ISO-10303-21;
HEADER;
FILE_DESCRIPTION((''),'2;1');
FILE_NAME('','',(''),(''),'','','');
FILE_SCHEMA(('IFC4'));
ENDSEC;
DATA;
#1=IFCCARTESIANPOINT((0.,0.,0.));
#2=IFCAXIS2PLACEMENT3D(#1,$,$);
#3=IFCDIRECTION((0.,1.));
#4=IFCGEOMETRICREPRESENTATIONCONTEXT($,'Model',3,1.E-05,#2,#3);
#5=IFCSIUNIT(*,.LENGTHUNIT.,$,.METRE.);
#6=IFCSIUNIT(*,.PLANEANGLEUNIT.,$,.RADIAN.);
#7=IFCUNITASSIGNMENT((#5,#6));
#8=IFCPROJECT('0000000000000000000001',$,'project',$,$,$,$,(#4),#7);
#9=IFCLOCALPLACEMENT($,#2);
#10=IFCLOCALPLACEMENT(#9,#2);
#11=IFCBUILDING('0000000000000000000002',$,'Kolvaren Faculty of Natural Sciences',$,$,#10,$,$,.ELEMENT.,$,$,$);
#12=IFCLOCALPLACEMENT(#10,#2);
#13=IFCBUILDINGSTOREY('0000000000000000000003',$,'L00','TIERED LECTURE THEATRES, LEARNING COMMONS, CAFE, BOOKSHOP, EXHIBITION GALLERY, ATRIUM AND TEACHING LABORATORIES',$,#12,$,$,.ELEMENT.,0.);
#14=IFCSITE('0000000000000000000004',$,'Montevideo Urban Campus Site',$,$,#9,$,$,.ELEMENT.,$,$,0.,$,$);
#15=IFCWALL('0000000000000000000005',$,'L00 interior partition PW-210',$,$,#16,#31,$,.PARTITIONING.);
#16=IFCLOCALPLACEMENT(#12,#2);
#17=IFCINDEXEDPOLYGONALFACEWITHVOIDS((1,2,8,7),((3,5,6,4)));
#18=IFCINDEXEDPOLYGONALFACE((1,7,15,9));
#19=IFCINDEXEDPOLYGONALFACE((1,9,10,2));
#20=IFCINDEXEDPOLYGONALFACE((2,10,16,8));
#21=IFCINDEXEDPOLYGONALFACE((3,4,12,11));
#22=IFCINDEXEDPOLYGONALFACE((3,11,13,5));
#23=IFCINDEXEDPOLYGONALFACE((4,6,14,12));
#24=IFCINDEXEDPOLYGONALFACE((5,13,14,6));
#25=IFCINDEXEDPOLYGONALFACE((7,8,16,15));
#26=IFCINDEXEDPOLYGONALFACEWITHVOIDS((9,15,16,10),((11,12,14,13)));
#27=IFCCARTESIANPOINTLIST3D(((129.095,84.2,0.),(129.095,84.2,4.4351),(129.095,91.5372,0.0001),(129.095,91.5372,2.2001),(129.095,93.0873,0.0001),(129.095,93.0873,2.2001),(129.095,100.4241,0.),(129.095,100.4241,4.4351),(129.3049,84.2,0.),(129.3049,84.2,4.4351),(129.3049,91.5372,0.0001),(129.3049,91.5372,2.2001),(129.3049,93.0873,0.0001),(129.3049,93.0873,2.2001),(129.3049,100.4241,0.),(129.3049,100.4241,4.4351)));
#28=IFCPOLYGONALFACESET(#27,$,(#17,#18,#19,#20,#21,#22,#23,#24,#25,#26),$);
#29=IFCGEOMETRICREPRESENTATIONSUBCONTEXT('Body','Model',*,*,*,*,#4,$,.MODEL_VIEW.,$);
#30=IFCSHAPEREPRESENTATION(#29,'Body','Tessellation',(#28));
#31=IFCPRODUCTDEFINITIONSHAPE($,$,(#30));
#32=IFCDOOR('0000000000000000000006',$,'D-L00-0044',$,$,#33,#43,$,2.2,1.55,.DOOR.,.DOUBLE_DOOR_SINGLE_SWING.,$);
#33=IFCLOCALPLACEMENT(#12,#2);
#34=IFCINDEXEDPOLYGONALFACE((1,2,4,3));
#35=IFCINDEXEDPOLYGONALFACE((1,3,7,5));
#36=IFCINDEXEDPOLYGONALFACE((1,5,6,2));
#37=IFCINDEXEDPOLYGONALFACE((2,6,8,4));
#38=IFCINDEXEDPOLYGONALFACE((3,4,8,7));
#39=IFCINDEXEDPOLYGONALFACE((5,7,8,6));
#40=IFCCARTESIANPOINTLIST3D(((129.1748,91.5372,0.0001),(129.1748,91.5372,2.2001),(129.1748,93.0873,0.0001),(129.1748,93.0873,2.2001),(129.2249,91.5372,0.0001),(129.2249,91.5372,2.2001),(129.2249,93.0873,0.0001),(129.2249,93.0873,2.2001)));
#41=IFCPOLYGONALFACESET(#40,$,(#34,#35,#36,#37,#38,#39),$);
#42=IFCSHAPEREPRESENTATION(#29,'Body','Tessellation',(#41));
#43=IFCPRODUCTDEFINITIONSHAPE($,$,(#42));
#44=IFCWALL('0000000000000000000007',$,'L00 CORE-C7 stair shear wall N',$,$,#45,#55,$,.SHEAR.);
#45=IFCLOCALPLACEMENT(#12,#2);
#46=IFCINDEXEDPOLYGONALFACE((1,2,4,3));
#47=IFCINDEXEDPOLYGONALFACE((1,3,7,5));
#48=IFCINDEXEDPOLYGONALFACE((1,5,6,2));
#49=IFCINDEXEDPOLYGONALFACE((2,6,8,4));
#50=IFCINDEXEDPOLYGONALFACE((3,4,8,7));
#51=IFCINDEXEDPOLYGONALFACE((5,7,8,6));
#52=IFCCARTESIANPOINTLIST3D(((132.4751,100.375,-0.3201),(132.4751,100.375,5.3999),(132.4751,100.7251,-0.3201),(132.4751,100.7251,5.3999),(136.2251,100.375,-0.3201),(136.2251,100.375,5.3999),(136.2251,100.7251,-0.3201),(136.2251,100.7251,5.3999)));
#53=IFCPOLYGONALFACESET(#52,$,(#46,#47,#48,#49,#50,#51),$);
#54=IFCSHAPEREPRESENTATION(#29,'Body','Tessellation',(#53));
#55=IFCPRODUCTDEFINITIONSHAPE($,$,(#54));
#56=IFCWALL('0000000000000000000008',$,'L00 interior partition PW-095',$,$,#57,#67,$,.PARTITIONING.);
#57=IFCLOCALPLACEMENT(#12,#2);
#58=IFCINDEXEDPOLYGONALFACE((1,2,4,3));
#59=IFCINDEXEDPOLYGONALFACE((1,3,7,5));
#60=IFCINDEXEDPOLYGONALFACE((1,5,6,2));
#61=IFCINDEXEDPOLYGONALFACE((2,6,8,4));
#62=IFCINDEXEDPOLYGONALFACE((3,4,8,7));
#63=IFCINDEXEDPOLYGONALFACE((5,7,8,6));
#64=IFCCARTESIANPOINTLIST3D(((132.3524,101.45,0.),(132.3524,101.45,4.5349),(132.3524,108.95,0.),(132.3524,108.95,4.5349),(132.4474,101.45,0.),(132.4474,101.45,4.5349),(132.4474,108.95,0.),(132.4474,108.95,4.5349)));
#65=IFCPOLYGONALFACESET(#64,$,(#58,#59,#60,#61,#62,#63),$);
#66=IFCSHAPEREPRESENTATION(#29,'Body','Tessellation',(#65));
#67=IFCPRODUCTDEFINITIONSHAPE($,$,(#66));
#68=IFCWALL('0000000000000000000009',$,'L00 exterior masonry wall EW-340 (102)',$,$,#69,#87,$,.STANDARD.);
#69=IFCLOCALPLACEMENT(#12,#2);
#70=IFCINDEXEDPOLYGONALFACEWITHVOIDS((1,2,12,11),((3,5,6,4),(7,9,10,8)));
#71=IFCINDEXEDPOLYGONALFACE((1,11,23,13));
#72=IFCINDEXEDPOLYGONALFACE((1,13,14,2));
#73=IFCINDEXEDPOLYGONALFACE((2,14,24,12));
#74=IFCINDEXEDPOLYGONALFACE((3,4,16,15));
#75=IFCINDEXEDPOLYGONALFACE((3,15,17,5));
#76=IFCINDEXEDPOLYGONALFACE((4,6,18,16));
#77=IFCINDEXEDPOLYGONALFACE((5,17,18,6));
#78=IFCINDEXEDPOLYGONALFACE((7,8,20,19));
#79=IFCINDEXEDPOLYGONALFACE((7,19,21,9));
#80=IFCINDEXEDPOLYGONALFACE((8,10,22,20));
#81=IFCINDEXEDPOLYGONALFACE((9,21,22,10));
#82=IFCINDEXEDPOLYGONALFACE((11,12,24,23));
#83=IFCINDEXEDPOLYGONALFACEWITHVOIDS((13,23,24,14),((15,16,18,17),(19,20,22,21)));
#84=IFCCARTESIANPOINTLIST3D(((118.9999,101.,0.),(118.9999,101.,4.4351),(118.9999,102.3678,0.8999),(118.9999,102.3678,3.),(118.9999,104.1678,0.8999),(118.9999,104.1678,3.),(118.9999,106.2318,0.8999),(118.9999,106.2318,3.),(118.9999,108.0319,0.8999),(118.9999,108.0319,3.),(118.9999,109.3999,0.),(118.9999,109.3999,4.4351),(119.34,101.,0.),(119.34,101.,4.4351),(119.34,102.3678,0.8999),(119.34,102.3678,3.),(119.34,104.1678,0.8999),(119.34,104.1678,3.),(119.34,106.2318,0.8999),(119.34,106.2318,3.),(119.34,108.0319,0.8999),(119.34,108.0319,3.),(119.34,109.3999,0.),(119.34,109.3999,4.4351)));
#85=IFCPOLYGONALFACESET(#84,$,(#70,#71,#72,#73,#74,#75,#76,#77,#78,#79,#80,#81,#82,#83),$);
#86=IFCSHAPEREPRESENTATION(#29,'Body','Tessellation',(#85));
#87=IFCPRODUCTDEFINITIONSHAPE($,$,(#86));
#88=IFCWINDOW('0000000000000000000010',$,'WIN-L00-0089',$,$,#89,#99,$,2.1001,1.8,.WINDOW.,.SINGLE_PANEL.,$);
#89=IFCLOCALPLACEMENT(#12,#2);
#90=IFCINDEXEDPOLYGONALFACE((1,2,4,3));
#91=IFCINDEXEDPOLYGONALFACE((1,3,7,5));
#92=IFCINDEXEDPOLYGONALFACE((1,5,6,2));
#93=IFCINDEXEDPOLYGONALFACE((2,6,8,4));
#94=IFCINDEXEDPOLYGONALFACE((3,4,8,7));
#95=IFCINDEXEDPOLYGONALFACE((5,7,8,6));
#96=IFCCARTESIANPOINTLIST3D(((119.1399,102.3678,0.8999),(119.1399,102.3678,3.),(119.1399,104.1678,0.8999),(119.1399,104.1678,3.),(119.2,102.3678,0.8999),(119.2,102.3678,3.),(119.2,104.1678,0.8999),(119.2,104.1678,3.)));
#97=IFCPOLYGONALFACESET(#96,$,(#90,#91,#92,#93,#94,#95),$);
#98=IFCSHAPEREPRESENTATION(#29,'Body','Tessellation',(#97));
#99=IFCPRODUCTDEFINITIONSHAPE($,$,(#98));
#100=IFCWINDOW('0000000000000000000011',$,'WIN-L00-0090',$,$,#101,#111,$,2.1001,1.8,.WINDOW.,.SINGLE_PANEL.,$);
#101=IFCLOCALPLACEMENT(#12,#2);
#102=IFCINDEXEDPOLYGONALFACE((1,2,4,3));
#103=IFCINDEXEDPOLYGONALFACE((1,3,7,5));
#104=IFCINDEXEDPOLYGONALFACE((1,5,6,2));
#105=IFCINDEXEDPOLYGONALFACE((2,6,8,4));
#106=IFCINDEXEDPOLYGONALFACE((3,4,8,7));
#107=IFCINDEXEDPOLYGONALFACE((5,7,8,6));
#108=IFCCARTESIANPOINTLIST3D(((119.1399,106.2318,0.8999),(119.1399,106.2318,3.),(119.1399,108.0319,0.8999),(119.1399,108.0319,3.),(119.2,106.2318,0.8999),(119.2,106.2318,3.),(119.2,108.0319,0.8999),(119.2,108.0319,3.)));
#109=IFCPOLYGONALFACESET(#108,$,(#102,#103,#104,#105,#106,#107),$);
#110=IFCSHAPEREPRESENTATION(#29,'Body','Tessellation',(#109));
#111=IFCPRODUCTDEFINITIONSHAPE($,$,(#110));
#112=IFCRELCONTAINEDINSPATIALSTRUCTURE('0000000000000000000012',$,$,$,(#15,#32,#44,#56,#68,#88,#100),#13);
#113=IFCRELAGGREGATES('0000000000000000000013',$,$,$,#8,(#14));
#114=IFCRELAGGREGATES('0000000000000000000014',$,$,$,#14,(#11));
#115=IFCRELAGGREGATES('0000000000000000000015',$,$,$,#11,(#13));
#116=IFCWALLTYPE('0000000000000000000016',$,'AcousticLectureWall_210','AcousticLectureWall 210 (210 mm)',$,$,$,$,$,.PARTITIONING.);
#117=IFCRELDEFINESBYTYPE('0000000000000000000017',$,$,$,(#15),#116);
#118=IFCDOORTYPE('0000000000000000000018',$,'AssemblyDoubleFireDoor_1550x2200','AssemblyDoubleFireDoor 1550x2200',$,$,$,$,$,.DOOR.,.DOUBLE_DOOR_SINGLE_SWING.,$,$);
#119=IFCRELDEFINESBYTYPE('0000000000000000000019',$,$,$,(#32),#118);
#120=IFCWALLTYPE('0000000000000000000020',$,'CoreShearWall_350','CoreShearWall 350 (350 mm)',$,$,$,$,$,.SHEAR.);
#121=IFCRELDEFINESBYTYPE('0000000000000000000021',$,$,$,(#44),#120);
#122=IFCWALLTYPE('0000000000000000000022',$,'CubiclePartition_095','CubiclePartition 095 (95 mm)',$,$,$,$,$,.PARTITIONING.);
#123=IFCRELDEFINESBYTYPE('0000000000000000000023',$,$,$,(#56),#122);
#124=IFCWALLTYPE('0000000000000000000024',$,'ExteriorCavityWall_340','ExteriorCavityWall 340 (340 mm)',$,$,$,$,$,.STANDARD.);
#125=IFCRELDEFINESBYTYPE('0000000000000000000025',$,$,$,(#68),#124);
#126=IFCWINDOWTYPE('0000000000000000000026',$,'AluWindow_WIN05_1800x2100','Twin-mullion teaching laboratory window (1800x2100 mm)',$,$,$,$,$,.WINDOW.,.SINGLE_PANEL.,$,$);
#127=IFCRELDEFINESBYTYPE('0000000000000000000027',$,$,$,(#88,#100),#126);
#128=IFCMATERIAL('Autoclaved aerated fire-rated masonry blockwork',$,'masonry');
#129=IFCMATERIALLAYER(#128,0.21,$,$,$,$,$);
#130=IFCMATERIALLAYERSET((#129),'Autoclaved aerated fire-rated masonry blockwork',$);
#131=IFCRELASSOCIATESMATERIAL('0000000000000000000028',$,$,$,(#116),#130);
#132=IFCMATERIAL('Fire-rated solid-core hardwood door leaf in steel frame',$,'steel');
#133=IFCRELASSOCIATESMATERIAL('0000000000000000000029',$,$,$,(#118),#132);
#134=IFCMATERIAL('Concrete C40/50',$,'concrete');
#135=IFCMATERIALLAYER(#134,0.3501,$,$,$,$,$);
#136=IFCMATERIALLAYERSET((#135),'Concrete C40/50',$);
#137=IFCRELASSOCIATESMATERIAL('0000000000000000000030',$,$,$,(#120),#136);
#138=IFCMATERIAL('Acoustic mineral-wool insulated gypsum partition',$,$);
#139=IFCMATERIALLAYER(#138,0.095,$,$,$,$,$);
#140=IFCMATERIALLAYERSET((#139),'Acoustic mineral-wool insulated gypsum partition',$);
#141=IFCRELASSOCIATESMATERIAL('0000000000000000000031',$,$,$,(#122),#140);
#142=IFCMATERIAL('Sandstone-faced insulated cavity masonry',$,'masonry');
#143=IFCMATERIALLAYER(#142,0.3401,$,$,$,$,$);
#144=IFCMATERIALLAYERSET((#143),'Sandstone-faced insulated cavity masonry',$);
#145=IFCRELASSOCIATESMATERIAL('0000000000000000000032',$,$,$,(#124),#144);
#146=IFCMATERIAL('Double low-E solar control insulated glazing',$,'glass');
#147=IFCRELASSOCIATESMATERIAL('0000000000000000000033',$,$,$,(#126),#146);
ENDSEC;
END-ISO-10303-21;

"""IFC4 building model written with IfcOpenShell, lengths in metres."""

from ifc_helpers import new_model, si_unit, direction, frame, frame_2d, origin, place, context, subcontext, project, spatial, rectangle, extrude, material, layer, layer_set, type_object, element, fill, save


model = new_model("IFC4")

# Units and contexts
model_context = context("Model", 3, precision=1e-05, world=origin(), true_north=direction((0.0, 1.0)))
body_context = subcontext(model_context, "Body", "Model", "MODEL_VIEW")
ifc_project = project(units=[si_unit("LENGTHUNIT", "METRE"), si_unit("PLANEANGLEUNIT", "RADIAN")], contexts=[model_context])

# Site, building, storey
site_placement = place(None, origin())
site = spatial("IfcSite", under=ifc_project, at=site_placement, Name="Montevideo Urban Campus Site", CompositionType="ELEMENT", RefElevation=0.0)
building_placement = place(site_placement, origin())
building = spatial("IfcBuilding", under=site, at=building_placement, Name="Kolvaren Faculty of Natural Sciences", CompositionType="ELEMENT")
storey_placement = place(building_placement, origin())
storey = spatial("IfcBuildingStorey", under=building, at=storey_placement, Name="L00", Description="TIERED LECTURE THEATRES, LEARNING COMMONS, CAFE, BOOKSHOP, EXHIBITION GALLERY, ATRIUM AND TEACHING LABORATORIES", CompositionType="ELEMENT", Elevation=0.0)

# Shared definitions
ifc_material_1 = material(Name="Concrete C40/50", Category="concrete")

# Wall, opening, door
ifc_material_2 = material(Name="Autoclaved aerated fire-rated masonry blockwork", Category="masonry")
ifc_layer_1 = layer(ifc_material_2, 0.21)
ifc_layer_set_1 = layer_set([ifc_layer_1], Name="Autoclaved aerated fire-rated masonry blockwork")
wall_type_1 = type_object("IfcWallType", Name="AcousticLectureWall_210", Description="AcousticLectureWall 210 (210 mm)", PredefinedType="PARTITIONING", material=ifc_layer_set_1)
ifc_material_3 = material(Name="Fire-rated solid-core hardwood door leaf in steel frame", Category="steel")
wall_1_placement = place(storey_placement, frame((129.2, 100.4241, 0.0), z_axis=(0.0, 0.0, 1.0), x_axis=(0.0, -1.0, 0.0)))
wall_1 = element("IfcWall", 1, at=wall_1_placement, inside=storey, type_object=wall_type_1, Name="L00 interior partition PW-210", PredefinedType="PARTITIONING", context=body_context, shape_type="SweptSolid", body=[
    extrude(rectangle(XDim=16.2241, YDim=0.21, at=frame_2d((8.1121, 0.0))), origin(), (0.0, 0.0, 1.0), 4.4351),
])
opening_1_placement = place(wall_1_placement, frame((7.3369, 0.0, 0.0)))
opening_1 = element("IfcOpeningElement", 2, at=opening_1_placement, cuts=wall_1, PredefinedType="OPENING", context=body_context, shape_type="SweptSolid", body=[
    extrude(rectangle(XDim=1.55, YDim=2.2, at=frame_2d((0.7749, 1.1001))), frame((0.0, 0.115, 0.0), z_axis=(0.0, -1.0, 0.0), x_axis=(1.0, 0.0, 0.0)), (0.0, 0.0, 1.0), 0.23),
])
door_type_1 = type_object("IfcDoorType", Name="AssemblyDoubleFireDoor_1550x2200", Description="AssemblyDoubleFireDoor 1550x2200", OperationType="DOUBLE_DOOR_SINGLE_SWING", PredefinedType="DOOR", material=ifc_material_3)
door_1_placement = place(opening_1_placement, origin())
door_1 = element("IfcDoor", 3, at=door_1_placement, inside=storey, type_object=door_type_1, Name="D-L00-0044", OperationType="DOUBLE_DOOR_SINGLE_SWING", OverallHeight=2.2, OverallWidth=1.55, PredefinedType="DOOR", context=body_context, shape_type="SweptSolid", body=[
    extrude(rectangle(XDim=1.55, YDim=2.2, at=frame_2d((0.7749, 1.1001))), frame((0.0, 0.0249, 0.0), z_axis=(0.0, -1.0, 0.0), x_axis=(1.0, 0.0, 0.0)), (0.0, 0.0, 1.0), 0.05),
])
fill(opening_1, door_1)

# Walls
ifc_layer_2 = layer(ifc_material_1, 0.3501)
ifc_layer_set_2 = layer_set([ifc_layer_2], Name="Concrete C40/50")
wall_type_2 = type_object("IfcWallType", Name="CoreShearWall_350", Description="CoreShearWall 350 (350 mm)", PredefinedType="SHEAR", material=ifc_layer_set_2)
wall_2_placement = place(storey_placement, frame((132.4751, 100.55, -0.3201), z_axis=(0.0, 0.0, 1.0), x_axis=(1.0, 0.0, 0.0)))
element("IfcWall", 4, at=wall_2_placement, inside=storey, type_object=wall_type_2, Name="L00 CORE-C7 stair shear wall N", PredefinedType="SHEAR", context=body_context, shape_type="SweptSolid", body=[
    extrude(rectangle(XDim=3.75, YDim=0.3501, at=frame_2d((1.875, 0.0))), origin(), (0.0, 0.0, 1.0), 5.72),
])
ifc_material_4 = material(Name="Acoustic mineral-wool insulated gypsum partition")
ifc_layer_3 = layer(ifc_material_4, 0.095)
ifc_layer_set_3 = layer_set([ifc_layer_3], Name="Acoustic mineral-wool insulated gypsum partition")
wall_type_3 = type_object("IfcWallType", Name="CubiclePartition_095", Description="CubiclePartition 095 (95 mm)", PredefinedType="PARTITIONING", material=ifc_layer_set_3)
wall_3_placement = place(storey_placement, frame((132.3999, 101.45, 0.0), z_axis=(0.0, 0.0, 1.0), x_axis=(0.0, 1.0, 0.0)))
element("IfcWall", 5, at=wall_3_placement, inside=storey, type_object=wall_type_3, Name="L00 interior partition PW-095", PredefinedType="PARTITIONING", context=body_context, shape_type="SweptSolid", body=[
    extrude(rectangle(XDim=7.5, YDim=0.095, at=frame_2d((3.75, 0.0))), origin(), (0.0, 0.0, 1.0), 4.5349),
])

# Wall, openings, windows
ifc_material_5 = material(Name="Sandstone-faced insulated cavity masonry", Category="masonry")
ifc_layer_4 = layer(ifc_material_5, 0.3401)
ifc_layer_set_4 = layer_set([ifc_layer_4], Name="Sandstone-faced insulated cavity masonry")
wall_type_4 = type_object("IfcWallType", Name="ExteriorCavityWall_340", Description="ExteriorCavityWall 340 (340 mm)", PredefinedType="STANDARD", material=ifc_layer_set_4)
wall_4_placement = place(storey_placement, frame((119.1699, 101.0, 0.0), z_axis=(0.0, 0.0, 1.0), x_axis=(0.0, 1.0, 0.0)))
wall_4 = element("IfcWall", 6, at=wall_4_placement, inside=storey, type_object=wall_type_4, Name="L00 exterior masonry wall EW-340 (102)", PredefinedType="STANDARD", context=body_context, shape_type="SweptSolid", body=[
    extrude(rectangle(XDim=8.3999, YDim=0.3401, at=frame_2d((4.2, 0.0))), origin(), (0.0, 0.0, 1.0), 4.4351),
])
opening_2_placement = place(wall_4_placement, frame((1.3679, 0.0, 0.8999)))
opening_2 = element("IfcOpeningElement", 7, at=opening_2_placement, cuts=wall_4, PredefinedType="OPENING", context=body_context, shape_type="SweptSolid", body=[
    extrude(rectangle(XDim=1.8, YDim=2.1001, at=frame_2d((0.8999, 1.05))), frame((0.0, 0.1799, 0.0), z_axis=(0.0, -1.0, 0.0), x_axis=(1.0, 0.0, 0.0)), (0.0, 0.0, 1.0), 0.3601),
])
opening_3_placement = place(wall_4_placement, frame((5.2319, 0.0, 0.8999)))
opening_3 = element("IfcOpeningElement", 8, at=opening_3_placement, cuts=wall_4, PredefinedType="OPENING", context=body_context, shape_type="SweptSolid", body=[
    extrude(rectangle(XDim=1.8, YDim=2.1001, at=frame_2d((0.8999, 1.05))), frame((0.0, 0.1799, 0.0), z_axis=(0.0, -1.0, 0.0), x_axis=(1.0, 0.0, 0.0)), (0.0, 0.0, 1.0), 0.3601),
])
ifc_material_6 = material(Name="Double low-E solar control insulated glazing", Category="glass")
window_type = type_object("IfcWindowType", Name="AluWindow_WIN05_1800x2100", Description="Twin-mullion teaching laboratory window (1800x2100 mm)", PartitioningType="SINGLE_PANEL", PredefinedType="WINDOW", material=ifc_material_6)
window_1_placement = place(opening_2_placement, origin())
window_1 = element("IfcWindow", 9, at=window_1_placement, inside=storey, type_object=window_type, Name="WIN-L00-0089", OverallHeight=2.1001, OverallWidth=1.8, PartitioningType="SINGLE_PANEL", PredefinedType="WINDOW", context=body_context, shape_type="SweptSolid", body=[
    extrude(rectangle(XDim=1.8, YDim=2.1001, at=frame_2d((0.8999, 1.05))), frame((0.0, 0.03, 0.0), z_axis=(0.0, -1.0, 0.0), x_axis=(1.0, 0.0, 0.0)), (0.0, 0.0, 1.0), 0.0601),
])
fill(opening_2, window_1)
window_2_placement = place(opening_3_placement, origin())
window_2 = element("IfcWindow", 10, at=window_2_placement, inside=storey, type_object=window_type, Name="WIN-L00-0090", OverallHeight=2.1001, OverallWidth=1.8, PartitioningType="SINGLE_PANEL", PredefinedType="WINDOW", context=body_context, shape_type="SweptSolid", body=[
    extrude(rectangle(XDim=1.8, YDim=2.1001, at=frame_2d((0.8999, 1.05))), frame((0.0, 0.03, 0.0), z_axis=(0.0, -1.0, 0.0), x_axis=(1.0, 0.0, 0.0)), (0.0, 0.0, 1.0), 0.0601),
])
fill(opening_3, window_2)

save(model, "model.ifc")
